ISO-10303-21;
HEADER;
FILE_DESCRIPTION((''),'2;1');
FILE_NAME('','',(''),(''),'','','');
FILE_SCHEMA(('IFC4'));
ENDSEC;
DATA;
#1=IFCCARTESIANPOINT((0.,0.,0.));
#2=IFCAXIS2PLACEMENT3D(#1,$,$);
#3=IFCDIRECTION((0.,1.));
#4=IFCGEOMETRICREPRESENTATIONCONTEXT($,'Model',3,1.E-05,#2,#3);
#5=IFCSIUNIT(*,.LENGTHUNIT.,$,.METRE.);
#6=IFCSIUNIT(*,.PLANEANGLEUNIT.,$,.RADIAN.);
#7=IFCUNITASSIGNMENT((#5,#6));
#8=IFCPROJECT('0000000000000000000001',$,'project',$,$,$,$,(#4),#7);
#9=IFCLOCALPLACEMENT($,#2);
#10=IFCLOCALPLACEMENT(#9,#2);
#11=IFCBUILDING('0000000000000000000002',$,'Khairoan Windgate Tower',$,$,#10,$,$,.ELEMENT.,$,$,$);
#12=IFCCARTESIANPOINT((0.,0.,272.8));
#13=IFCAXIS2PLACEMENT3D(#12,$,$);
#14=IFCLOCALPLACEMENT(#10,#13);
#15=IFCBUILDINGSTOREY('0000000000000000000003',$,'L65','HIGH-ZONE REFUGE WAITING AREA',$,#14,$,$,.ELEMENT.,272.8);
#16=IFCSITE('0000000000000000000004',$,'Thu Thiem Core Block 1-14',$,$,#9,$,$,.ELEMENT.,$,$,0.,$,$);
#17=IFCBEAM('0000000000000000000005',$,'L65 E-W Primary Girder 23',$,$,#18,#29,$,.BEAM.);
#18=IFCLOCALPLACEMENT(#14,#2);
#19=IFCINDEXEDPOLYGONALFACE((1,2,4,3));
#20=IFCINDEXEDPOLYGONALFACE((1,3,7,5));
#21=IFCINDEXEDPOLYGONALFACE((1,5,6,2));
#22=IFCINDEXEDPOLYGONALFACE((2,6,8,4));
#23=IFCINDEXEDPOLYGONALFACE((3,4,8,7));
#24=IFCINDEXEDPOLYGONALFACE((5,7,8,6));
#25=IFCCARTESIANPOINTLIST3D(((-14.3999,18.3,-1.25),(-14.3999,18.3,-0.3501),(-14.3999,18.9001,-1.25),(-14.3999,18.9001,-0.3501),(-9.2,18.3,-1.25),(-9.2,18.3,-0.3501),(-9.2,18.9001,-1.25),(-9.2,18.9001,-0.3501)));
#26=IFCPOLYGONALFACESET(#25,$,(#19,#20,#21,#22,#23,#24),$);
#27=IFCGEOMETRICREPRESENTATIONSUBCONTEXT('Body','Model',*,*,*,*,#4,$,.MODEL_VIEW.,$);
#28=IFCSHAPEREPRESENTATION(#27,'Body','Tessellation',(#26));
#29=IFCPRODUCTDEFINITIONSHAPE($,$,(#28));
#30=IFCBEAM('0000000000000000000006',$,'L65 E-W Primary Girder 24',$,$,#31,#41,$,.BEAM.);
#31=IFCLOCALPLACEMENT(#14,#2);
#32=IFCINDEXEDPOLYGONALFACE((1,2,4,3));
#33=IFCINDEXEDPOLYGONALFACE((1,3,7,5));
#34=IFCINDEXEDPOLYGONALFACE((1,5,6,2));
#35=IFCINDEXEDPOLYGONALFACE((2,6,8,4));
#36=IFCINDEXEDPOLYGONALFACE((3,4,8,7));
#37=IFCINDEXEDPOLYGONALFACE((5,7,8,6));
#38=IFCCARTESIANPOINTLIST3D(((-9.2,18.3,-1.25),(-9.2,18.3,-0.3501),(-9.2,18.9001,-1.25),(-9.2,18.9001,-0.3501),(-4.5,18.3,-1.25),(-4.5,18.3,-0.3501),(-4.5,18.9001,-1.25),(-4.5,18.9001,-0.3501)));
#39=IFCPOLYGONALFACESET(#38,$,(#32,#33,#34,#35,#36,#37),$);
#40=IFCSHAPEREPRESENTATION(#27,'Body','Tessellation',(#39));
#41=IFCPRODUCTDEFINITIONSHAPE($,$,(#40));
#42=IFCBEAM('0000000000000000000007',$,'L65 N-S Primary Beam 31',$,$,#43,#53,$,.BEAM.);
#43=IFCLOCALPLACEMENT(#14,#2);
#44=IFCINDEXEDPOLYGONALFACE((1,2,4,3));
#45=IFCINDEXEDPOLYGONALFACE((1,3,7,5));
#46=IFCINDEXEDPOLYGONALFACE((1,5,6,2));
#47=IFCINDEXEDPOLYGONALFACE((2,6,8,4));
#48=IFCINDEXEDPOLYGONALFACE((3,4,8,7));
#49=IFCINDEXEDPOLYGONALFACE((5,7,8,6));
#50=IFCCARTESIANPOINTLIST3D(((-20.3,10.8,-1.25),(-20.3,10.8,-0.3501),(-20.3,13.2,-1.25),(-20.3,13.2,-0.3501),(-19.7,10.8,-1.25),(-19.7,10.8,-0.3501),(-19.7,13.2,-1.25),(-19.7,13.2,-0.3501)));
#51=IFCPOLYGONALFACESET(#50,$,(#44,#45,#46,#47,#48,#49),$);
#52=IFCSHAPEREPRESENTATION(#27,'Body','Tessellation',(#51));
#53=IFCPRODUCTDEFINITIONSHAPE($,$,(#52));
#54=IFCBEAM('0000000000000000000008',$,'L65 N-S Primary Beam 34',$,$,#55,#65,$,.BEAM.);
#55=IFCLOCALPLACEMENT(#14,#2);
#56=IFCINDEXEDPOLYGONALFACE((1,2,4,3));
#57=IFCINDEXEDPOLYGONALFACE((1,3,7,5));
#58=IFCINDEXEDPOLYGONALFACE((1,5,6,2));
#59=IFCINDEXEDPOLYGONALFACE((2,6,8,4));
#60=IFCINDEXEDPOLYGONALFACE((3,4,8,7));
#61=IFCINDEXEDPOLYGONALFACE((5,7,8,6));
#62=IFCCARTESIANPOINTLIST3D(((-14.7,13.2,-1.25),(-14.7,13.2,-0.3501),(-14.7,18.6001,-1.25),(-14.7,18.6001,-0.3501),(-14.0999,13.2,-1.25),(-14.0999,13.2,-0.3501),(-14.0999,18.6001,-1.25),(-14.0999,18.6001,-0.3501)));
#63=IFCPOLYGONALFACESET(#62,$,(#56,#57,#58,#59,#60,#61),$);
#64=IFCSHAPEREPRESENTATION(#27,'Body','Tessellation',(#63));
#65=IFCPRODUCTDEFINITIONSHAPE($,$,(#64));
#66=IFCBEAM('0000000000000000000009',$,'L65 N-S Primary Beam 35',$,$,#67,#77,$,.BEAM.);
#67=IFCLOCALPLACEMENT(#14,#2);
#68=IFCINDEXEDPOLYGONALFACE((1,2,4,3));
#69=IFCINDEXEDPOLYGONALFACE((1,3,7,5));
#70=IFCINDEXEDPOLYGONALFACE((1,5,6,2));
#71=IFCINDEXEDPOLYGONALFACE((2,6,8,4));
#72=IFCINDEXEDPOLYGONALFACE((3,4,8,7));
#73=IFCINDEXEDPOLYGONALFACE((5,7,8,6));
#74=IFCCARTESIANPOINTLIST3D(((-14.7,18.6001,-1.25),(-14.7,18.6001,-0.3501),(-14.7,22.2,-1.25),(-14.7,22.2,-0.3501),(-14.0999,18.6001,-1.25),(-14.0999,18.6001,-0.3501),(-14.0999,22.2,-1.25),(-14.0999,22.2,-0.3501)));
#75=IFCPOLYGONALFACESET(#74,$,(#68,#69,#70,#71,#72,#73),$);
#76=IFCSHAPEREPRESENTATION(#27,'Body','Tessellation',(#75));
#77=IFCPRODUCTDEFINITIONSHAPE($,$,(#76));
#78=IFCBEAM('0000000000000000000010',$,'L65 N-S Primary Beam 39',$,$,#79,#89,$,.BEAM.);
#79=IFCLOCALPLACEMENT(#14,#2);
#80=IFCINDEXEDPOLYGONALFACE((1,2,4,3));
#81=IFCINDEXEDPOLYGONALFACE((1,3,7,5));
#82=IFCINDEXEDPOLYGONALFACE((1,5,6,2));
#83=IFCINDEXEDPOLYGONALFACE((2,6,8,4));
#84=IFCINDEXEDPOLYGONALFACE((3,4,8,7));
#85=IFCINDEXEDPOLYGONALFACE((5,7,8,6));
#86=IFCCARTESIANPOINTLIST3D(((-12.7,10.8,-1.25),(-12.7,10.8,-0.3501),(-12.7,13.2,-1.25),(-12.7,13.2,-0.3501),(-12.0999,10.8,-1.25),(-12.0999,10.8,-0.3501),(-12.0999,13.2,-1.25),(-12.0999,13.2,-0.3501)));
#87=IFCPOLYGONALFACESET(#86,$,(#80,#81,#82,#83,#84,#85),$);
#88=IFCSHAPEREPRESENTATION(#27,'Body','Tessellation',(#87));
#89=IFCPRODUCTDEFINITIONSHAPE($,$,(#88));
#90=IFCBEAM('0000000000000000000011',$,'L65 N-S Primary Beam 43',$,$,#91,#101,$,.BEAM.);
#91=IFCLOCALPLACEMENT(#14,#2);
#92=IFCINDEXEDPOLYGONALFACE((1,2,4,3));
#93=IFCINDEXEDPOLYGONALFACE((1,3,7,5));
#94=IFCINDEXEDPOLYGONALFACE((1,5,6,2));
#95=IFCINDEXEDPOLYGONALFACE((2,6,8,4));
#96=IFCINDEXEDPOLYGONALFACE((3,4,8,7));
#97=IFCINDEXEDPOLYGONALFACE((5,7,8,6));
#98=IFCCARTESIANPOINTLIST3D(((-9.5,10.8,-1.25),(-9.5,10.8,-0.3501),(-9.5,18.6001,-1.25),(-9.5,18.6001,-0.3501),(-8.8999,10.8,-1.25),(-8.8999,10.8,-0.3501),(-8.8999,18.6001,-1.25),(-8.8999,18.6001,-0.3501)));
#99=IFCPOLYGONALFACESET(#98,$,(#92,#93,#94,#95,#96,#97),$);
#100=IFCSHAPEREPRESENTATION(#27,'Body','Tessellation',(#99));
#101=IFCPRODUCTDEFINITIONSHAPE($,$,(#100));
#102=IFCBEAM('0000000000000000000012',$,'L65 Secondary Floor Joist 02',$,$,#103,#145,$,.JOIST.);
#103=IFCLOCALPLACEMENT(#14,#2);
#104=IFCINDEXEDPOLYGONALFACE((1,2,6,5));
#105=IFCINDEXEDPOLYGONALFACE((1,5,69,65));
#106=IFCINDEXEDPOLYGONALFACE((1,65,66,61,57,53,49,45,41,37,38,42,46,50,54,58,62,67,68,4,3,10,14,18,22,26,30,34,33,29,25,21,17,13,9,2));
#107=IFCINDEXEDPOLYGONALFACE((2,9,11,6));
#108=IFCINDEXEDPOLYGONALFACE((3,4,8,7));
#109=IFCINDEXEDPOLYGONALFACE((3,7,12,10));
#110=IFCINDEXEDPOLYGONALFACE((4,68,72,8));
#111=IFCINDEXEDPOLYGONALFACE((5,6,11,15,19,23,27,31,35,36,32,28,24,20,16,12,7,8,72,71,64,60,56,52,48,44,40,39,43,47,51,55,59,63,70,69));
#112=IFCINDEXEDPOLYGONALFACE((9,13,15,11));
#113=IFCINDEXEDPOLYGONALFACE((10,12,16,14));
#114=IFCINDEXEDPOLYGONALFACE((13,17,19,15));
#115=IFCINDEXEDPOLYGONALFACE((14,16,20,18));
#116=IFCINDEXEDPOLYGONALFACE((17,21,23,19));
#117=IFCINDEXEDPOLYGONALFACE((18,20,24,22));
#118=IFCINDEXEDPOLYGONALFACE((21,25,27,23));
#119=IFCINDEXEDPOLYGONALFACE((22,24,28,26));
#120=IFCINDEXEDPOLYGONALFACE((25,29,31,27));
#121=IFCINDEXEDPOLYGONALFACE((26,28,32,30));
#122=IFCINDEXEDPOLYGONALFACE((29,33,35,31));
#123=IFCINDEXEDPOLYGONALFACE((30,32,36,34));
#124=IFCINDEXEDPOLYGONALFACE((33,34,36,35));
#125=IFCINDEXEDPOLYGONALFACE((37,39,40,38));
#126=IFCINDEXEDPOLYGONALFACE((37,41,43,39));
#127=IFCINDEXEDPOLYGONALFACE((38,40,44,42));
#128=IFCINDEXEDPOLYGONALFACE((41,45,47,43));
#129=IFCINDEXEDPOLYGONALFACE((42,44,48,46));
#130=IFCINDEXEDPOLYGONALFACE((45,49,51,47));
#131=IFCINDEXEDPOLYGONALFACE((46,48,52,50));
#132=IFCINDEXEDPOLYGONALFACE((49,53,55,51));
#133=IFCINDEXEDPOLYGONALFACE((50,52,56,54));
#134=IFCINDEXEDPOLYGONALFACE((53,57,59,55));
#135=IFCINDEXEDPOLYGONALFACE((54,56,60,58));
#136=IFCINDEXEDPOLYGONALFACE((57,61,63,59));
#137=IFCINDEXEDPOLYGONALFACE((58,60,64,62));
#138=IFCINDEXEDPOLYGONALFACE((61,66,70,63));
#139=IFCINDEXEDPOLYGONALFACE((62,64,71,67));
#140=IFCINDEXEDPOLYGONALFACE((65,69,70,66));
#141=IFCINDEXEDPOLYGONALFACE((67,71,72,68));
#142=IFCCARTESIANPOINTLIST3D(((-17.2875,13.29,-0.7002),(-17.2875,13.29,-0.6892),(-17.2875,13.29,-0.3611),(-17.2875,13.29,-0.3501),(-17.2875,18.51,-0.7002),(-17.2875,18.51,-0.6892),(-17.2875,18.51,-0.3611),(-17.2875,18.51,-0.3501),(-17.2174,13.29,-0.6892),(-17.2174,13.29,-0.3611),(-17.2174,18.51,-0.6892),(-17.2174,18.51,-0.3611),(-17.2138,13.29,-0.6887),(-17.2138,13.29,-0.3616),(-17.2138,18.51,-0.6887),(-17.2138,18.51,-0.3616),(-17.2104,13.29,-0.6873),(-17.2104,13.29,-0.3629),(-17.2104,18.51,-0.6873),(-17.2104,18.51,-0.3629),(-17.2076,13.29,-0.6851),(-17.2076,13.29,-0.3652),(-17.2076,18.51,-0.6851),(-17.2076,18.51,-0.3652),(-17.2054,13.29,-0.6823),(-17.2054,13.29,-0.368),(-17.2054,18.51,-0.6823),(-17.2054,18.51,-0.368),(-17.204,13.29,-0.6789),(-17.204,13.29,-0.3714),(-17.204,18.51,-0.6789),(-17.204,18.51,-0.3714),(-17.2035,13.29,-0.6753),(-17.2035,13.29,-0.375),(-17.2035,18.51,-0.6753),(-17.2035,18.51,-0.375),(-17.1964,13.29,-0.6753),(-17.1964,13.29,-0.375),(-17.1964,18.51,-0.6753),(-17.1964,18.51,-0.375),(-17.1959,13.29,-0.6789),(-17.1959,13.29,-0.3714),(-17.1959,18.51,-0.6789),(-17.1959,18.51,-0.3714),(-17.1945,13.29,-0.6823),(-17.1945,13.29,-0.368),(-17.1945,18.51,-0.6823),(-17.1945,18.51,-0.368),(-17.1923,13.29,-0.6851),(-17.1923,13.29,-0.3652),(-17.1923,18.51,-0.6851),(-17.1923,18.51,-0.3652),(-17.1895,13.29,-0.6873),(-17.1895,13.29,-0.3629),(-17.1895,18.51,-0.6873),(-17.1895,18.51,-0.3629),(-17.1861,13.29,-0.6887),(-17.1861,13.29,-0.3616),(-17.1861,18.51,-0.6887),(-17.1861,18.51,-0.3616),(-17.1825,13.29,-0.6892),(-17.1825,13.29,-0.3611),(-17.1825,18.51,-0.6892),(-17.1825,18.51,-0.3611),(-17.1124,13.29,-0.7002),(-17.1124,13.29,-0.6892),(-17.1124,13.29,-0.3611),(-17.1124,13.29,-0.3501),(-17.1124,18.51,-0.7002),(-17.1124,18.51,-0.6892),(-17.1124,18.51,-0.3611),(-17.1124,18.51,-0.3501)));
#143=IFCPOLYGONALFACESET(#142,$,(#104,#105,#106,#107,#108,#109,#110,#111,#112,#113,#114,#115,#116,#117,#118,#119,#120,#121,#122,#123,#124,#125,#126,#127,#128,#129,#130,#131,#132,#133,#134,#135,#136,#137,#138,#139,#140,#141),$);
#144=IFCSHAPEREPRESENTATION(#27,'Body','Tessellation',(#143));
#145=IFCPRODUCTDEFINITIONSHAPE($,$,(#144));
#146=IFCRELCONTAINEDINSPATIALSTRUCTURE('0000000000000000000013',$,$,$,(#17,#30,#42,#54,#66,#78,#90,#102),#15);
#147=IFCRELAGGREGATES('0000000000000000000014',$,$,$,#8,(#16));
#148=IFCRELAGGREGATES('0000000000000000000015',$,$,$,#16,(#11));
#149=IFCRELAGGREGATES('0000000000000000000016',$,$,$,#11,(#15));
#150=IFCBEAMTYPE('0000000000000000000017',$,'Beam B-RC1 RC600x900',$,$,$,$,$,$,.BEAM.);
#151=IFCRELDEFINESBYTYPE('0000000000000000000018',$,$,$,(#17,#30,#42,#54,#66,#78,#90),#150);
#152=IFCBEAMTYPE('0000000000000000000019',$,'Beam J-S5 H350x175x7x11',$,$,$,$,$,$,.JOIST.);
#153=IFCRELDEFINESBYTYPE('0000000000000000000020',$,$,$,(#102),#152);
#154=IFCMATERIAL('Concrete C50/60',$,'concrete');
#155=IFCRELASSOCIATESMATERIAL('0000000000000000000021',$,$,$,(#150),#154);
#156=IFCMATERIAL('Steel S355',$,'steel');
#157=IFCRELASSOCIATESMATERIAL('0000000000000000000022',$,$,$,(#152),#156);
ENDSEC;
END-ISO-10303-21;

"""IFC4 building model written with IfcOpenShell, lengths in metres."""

from ifc_helpers import new_model, si_unit, direction, frame, origin, origin_2d, place, context, subcontext, project, spatial, rectangle, i_section, extrude, material, material_profile, profile_set, type_object, element, save


model = new_model("IFC4")

# Units and contexts
model_context = context("Model", 3, precision=1e-05, world=origin(), true_north=direction((0.0, 1.0)))
body_context = subcontext(model_context, "Body", "Model", "MODEL_VIEW")
ifc_project = project(units=[si_unit("LENGTHUNIT", "METRE"), si_unit("PLANEANGLEUNIT", "RADIAN")], contexts=[model_context])

# Site, building, storey
site_placement = place(None, origin())
site = spatial("IfcSite", under=ifc_project, at=site_placement, Name="Thu Thiem Core Block 1-14", CompositionType="ELEMENT", RefElevation=0.0)
building_placement = place(site_placement, origin())
building = spatial("IfcBuilding", under=site, at=building_placement, Name="Khairoan Windgate Tower", CompositionType="ELEMENT")
storey_placement = place(building_placement, frame((0.0, 0.0, 272.8)))
storey = spatial("IfcBuildingStorey", under=building, at=storey_placement, Name="L65", Description="HIGH-ZONE REFUGE WAITING AREA", CompositionType="ELEMENT", Elevation=272.8)

# Beams
ifc_material_1 = material(Name="Concrete C50/60", Category="concrete")
ifc_material_profile_1 = material_profile(ifc_material_1, rectangle(XDim=0.6001, YDim=0.8999, at=origin_2d()))
ifc_profile_set_1 = profile_set([ifc_material_profile_1], Name="Concrete C50/60")
beam_type_1 = type_object("IfcBeamType", Name="Beam B-RC1 RC600x900", PredefinedType="BEAM", material=ifc_profile_set_1)
beam_1_placement = place(storey_placement, frame((-14.3999, 18.6001, -0.8), z_axis=(1.0, 0.0, 0.0), x_axis=(0.0, 1.0, 0.0)))
element("IfcBeam", 1, at=beam_1_placement, inside=storey, type_object=beam_type_1, Name="L65 E-W Primary Girder 23", PredefinedType="BEAM", context=body_context, shape_type="SweptSolid", body=[
    extrude(rectangle(XDim=0.6001, YDim=0.8999, at=origin_2d()), origin(), (0.0, 0.0, 1.0), 5.2),
])
beam_2_placement = place(storey_placement, frame((-9.2, 18.6001, -0.8), z_axis=(1.0, 0.0, 0.0), x_axis=(0.0, 1.0, 0.0)))
element("IfcBeam", 2, at=beam_2_placement, inside=storey, type_object=beam_type_1, Name="L65 E-W Primary Girder 24", PredefinedType="BEAM", context=body_context, shape_type="SweptSolid", body=[
    extrude(rectangle(XDim=0.6001, YDim=0.8999, at=origin_2d()), origin(), (0.0, 0.0, 1.0), 4.7),
])
beam_3_placement = place(storey_placement, frame((-20.0, 10.8, -0.8), z_axis=(0.0, 1.0, 0.0), x_axis=(-1.0, 0.0, 0.0)))
element("IfcBeam", 3, at=beam_3_placement, inside=storey, type_object=beam_type_1, Name="L65 N-S Primary Beam 31", PredefinedType="BEAM", context=body_context, shape_type="SweptSolid", body=[
    extrude(rectangle(XDim=0.6001, YDim=0.8999, at=origin_2d()), origin(), (0.0, 0.0, 1.0), 2.3999),
])
beam_4_placement = place(storey_placement, frame((-14.3999, 13.2, -0.8), z_axis=(0.0, 1.0, 0.0), x_axis=(-1.0, 0.0, 0.0)))
element("IfcBeam", 4, at=beam_4_placement, inside=storey, type_object=beam_type_1, Name="L65 N-S Primary Beam 34", PredefinedType="BEAM", context=body_context, shape_type="SweptSolid", body=[
    extrude(rectangle(XDim=0.6001, YDim=0.8999, at=origin_2d()), origin(), (0.0, 0.0, 1.0), 5.4001),
])
beam_5_placement = place(storey_placement, frame((-14.3999, 18.6001, -0.8), z_axis=(0.0, 1.0, 0.0), x_axis=(-1.0, 0.0, 0.0)))
element("IfcBeam", 5, at=beam_5_placement, inside=storey, type_object=beam_type_1, Name="L65 N-S Primary Beam 35", PredefinedType="BEAM", context=body_context, shape_type="SweptSolid", body=[
    extrude(rectangle(XDim=0.6001, YDim=0.8999, at=origin_2d()), origin(), (0.0, 0.0, 1.0), 3.5999),
])
beam_6_placement = place(storey_placement, frame((-12.3999, 10.8, -0.8), z_axis=(0.0, 1.0, 0.0), x_axis=(-1.0, 0.0, 0.0)))
element("IfcBeam", 6, at=beam_6_placement, inside=storey, type_object=beam_type_1, Name="L65 N-S Primary Beam 39", PredefinedType="BEAM", context=body_context, shape_type="SweptSolid", body=[
    extrude(rectangle(XDim=0.6001, YDim=0.8999, at=origin_2d()), origin(), (0.0, 0.0, 1.0), 2.3999),
])
beam_7_placement = place(storey_placement, frame((-9.2, 10.8, -0.8), z_axis=(0.0, 1.0, 0.0), x_axis=(-1.0, 0.0, 0.0)))
element("IfcBeam", 7, at=beam_7_placement, inside=storey, type_object=beam_type_1, Name="L65 N-S Primary Beam 43", PredefinedType="BEAM", context=body_context, shape_type="SweptSolid", body=[
    extrude(rectangle(XDim=0.6001, YDim=0.8999, at=origin_2d()), origin(), (0.0, 0.0, 1.0), 7.8),
])
ifc_material_2 = material(Name="Steel S355", Category="steel")
ifc_material_profile_2 = material_profile(ifc_material_2, i_section(OverallWidth=0.175, OverallDepth=0.3501, WebThickness=0.0071, FlangeThickness=0.011, FilletRadius=0.0139, at=origin_2d()))
ifc_profile_set_2 = profile_set([ifc_material_profile_2], Name="Steel S355")
beam_type_2 = type_object("IfcBeamType", Name="Beam J-S5 H350x175x7x11", PredefinedType="JOIST", material=ifc_profile_set_2)
beam_8_placement = place(storey_placement, frame((-17.2, 13.29, -0.5251), z_axis=(0.0, 1.0, 0.0), x_axis=(-1.0, 0.0, 0.0)))
element("IfcBeam", 8, at=beam_8_placement, inside=storey, type_object=beam_type_2, Name="L65 Secondary Floor Joist 02", PredefinedType="JOIST", context=body_context, shape_type="SweptSolid", body=[
    extrude(i_section(OverallWidth=0.175, OverallDepth=0.3501, WebThickness=0.0071, FlangeThickness=0.011, FilletRadius=0.0139, at=origin_2d()), origin(), (0.0, 0.0, 1.0), 5.22),
])

save(model, "model.ifc")
